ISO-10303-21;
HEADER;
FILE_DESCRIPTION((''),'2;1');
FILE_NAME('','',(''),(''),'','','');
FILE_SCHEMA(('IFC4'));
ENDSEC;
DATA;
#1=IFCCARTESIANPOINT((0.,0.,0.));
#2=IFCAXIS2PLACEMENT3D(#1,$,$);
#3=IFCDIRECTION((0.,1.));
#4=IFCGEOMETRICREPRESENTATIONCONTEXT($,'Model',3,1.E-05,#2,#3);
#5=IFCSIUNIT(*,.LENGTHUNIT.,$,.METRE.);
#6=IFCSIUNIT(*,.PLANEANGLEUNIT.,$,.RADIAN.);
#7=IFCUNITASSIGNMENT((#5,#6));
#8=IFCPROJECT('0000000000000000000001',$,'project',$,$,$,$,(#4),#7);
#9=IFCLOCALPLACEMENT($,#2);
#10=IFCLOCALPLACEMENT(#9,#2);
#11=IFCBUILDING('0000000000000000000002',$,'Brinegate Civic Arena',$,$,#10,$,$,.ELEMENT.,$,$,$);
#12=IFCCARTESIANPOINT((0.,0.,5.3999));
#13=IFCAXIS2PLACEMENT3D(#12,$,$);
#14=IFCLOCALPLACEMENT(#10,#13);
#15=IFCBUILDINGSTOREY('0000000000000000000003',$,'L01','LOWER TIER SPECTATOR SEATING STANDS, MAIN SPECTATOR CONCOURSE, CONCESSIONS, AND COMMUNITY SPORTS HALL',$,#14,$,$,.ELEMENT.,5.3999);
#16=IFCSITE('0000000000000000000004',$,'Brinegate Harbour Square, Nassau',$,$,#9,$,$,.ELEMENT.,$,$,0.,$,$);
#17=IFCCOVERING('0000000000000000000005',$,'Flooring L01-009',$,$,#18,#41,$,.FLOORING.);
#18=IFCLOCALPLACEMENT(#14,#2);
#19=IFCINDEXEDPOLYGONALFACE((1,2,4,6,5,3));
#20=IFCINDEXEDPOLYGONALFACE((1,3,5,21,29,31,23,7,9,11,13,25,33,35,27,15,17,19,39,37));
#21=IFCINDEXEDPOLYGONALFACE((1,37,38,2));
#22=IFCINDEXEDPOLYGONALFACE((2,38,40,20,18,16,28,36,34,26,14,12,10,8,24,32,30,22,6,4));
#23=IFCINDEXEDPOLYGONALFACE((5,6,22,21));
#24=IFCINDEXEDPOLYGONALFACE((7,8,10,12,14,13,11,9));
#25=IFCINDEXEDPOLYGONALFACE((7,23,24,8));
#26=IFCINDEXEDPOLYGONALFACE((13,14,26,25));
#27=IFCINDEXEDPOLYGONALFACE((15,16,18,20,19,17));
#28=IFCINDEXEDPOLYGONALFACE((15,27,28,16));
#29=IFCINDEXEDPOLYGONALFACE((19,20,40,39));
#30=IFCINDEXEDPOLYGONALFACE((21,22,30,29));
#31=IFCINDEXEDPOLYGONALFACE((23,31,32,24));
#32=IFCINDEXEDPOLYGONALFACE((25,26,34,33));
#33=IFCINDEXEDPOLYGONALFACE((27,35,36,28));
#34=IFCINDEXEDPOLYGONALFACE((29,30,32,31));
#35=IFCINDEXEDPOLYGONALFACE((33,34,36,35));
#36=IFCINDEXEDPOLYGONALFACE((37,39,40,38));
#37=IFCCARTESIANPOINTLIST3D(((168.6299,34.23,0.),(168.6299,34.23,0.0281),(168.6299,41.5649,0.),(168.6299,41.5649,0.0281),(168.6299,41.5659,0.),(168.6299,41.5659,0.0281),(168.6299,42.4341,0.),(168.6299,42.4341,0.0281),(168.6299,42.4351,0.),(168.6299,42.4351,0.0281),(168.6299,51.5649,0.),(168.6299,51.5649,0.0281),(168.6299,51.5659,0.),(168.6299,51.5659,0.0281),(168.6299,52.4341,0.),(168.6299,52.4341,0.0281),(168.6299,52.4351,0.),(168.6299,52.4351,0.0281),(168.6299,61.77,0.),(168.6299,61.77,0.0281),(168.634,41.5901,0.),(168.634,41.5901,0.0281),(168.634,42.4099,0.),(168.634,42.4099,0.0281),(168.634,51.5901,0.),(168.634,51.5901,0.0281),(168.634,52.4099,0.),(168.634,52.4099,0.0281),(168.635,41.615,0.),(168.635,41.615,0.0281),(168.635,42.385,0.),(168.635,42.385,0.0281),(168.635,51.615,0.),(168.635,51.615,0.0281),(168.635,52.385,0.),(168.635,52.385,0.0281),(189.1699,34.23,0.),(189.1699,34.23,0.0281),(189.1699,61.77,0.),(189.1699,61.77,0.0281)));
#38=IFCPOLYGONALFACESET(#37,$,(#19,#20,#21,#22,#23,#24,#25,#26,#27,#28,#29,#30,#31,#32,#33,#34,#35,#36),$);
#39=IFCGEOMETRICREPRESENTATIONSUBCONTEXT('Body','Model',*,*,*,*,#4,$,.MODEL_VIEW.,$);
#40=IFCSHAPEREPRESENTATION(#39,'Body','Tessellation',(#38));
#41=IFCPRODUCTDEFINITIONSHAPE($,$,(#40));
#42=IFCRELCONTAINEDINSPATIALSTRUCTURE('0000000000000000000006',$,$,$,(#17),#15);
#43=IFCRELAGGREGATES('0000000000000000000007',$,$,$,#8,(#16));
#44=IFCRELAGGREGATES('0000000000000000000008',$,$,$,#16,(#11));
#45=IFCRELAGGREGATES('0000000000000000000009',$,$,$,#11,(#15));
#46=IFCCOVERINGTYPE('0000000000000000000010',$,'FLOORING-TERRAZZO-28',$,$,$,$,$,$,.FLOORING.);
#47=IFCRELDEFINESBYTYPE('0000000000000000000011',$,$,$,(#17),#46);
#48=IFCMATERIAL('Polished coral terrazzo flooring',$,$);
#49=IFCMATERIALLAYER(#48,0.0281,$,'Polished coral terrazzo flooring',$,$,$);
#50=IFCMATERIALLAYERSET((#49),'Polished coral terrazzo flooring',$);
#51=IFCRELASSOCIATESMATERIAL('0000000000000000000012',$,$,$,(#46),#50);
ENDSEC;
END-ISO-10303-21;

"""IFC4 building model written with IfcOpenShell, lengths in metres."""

from ifc_helpers import new_model, si_unit, direction, frame, origin, place, context, subcontext, project, spatial, polyline, outline, extrude, material, layer, layer_set, type_object, element, save


model = new_model("IFC4")

# Units and contexts
model_context = context("Model", 3, precision=1e-05, world=origin(), true_north=direction((0.0, 1.0)))
body_context = subcontext(model_context, "Body", "Model", "MODEL_VIEW")
ifc_project = project(units=[si_unit("LENGTHUNIT", "METRE"), si_unit("PLANEANGLEUNIT", "RADIAN")], contexts=[model_context])

# Site, building, storey
site_placement = place(None, origin())
site = spatial("IfcSite", under=ifc_project, at=site_placement, Name="Brinegate Harbour Square, Nassau", CompositionType="ELEMENT", RefElevation=0.0)
building_placement = place(site_placement, origin())
building = spatial("IfcBuilding", under=site, at=building_placement, Name="Brinegate Civic Arena", CompositionType="ELEMENT")
storey_placement = place(building_placement, frame((0.0, 0.0, 5.3999)))
storey = spatial("IfcBuildingStorey", under=building, at=storey_placement, Name="L01", Description="LOWER TIER SPECTATOR SEATING STANDS, MAIN SPECTATOR CONCOURSE, CONCESSIONS, AND COMMUNITY SPORTS HALL", CompositionType="ELEMENT", Elevation=5.3999)

# Covering
ifc_material_1 = material(Name="Polished coral terrazzo flooring")
ifc_layer_1 = layer(ifc_material_1, 0.0281, Name="Polished coral terrazzo flooring")
ifc_layer_set_1 = layer_set([ifc_layer_1], Name="Polished coral terrazzo flooring")
covering_type_1 = type_object("IfcCoveringType", Name="FLOORING-TERRAZZO-28", PredefinedType="FLOORING", material=ifc_layer_set_1)
covering_1_placement = place(storey_placement, origin())
element("IfcCovering", 1, at=covering_1_placement, inside=storey, type_object=covering_type_1, Name="Flooring L01-009", PredefinedType="FLOORING", context=body_context, shape_type="SweptSolid", body=[
    extrude(outline(polyline([(168.6299, 34.23), (168.6299, 41.5649), (168.6299, 41.5659), (168.634, 41.5901), (168.635, 41.615), (168.635, 42.385), (168.634, 42.4099), (168.6299, 42.4341), (168.6299, 42.4351), (168.6299, 51.5649), (168.6299, 51.5659), (168.634, 51.5901), (168.635, 51.615), (168.635, 52.385), (168.634, 52.4099), (168.6299, 52.4341), (168.6299, 52.4351), (168.6299, 61.77), (189.1699, 61.77), (189.1699, 34.23), (168.6299, 34.23)])), origin(), (0.0, 0.0, 1.0), 0.0281),
])

save(model, "model.ifc")
